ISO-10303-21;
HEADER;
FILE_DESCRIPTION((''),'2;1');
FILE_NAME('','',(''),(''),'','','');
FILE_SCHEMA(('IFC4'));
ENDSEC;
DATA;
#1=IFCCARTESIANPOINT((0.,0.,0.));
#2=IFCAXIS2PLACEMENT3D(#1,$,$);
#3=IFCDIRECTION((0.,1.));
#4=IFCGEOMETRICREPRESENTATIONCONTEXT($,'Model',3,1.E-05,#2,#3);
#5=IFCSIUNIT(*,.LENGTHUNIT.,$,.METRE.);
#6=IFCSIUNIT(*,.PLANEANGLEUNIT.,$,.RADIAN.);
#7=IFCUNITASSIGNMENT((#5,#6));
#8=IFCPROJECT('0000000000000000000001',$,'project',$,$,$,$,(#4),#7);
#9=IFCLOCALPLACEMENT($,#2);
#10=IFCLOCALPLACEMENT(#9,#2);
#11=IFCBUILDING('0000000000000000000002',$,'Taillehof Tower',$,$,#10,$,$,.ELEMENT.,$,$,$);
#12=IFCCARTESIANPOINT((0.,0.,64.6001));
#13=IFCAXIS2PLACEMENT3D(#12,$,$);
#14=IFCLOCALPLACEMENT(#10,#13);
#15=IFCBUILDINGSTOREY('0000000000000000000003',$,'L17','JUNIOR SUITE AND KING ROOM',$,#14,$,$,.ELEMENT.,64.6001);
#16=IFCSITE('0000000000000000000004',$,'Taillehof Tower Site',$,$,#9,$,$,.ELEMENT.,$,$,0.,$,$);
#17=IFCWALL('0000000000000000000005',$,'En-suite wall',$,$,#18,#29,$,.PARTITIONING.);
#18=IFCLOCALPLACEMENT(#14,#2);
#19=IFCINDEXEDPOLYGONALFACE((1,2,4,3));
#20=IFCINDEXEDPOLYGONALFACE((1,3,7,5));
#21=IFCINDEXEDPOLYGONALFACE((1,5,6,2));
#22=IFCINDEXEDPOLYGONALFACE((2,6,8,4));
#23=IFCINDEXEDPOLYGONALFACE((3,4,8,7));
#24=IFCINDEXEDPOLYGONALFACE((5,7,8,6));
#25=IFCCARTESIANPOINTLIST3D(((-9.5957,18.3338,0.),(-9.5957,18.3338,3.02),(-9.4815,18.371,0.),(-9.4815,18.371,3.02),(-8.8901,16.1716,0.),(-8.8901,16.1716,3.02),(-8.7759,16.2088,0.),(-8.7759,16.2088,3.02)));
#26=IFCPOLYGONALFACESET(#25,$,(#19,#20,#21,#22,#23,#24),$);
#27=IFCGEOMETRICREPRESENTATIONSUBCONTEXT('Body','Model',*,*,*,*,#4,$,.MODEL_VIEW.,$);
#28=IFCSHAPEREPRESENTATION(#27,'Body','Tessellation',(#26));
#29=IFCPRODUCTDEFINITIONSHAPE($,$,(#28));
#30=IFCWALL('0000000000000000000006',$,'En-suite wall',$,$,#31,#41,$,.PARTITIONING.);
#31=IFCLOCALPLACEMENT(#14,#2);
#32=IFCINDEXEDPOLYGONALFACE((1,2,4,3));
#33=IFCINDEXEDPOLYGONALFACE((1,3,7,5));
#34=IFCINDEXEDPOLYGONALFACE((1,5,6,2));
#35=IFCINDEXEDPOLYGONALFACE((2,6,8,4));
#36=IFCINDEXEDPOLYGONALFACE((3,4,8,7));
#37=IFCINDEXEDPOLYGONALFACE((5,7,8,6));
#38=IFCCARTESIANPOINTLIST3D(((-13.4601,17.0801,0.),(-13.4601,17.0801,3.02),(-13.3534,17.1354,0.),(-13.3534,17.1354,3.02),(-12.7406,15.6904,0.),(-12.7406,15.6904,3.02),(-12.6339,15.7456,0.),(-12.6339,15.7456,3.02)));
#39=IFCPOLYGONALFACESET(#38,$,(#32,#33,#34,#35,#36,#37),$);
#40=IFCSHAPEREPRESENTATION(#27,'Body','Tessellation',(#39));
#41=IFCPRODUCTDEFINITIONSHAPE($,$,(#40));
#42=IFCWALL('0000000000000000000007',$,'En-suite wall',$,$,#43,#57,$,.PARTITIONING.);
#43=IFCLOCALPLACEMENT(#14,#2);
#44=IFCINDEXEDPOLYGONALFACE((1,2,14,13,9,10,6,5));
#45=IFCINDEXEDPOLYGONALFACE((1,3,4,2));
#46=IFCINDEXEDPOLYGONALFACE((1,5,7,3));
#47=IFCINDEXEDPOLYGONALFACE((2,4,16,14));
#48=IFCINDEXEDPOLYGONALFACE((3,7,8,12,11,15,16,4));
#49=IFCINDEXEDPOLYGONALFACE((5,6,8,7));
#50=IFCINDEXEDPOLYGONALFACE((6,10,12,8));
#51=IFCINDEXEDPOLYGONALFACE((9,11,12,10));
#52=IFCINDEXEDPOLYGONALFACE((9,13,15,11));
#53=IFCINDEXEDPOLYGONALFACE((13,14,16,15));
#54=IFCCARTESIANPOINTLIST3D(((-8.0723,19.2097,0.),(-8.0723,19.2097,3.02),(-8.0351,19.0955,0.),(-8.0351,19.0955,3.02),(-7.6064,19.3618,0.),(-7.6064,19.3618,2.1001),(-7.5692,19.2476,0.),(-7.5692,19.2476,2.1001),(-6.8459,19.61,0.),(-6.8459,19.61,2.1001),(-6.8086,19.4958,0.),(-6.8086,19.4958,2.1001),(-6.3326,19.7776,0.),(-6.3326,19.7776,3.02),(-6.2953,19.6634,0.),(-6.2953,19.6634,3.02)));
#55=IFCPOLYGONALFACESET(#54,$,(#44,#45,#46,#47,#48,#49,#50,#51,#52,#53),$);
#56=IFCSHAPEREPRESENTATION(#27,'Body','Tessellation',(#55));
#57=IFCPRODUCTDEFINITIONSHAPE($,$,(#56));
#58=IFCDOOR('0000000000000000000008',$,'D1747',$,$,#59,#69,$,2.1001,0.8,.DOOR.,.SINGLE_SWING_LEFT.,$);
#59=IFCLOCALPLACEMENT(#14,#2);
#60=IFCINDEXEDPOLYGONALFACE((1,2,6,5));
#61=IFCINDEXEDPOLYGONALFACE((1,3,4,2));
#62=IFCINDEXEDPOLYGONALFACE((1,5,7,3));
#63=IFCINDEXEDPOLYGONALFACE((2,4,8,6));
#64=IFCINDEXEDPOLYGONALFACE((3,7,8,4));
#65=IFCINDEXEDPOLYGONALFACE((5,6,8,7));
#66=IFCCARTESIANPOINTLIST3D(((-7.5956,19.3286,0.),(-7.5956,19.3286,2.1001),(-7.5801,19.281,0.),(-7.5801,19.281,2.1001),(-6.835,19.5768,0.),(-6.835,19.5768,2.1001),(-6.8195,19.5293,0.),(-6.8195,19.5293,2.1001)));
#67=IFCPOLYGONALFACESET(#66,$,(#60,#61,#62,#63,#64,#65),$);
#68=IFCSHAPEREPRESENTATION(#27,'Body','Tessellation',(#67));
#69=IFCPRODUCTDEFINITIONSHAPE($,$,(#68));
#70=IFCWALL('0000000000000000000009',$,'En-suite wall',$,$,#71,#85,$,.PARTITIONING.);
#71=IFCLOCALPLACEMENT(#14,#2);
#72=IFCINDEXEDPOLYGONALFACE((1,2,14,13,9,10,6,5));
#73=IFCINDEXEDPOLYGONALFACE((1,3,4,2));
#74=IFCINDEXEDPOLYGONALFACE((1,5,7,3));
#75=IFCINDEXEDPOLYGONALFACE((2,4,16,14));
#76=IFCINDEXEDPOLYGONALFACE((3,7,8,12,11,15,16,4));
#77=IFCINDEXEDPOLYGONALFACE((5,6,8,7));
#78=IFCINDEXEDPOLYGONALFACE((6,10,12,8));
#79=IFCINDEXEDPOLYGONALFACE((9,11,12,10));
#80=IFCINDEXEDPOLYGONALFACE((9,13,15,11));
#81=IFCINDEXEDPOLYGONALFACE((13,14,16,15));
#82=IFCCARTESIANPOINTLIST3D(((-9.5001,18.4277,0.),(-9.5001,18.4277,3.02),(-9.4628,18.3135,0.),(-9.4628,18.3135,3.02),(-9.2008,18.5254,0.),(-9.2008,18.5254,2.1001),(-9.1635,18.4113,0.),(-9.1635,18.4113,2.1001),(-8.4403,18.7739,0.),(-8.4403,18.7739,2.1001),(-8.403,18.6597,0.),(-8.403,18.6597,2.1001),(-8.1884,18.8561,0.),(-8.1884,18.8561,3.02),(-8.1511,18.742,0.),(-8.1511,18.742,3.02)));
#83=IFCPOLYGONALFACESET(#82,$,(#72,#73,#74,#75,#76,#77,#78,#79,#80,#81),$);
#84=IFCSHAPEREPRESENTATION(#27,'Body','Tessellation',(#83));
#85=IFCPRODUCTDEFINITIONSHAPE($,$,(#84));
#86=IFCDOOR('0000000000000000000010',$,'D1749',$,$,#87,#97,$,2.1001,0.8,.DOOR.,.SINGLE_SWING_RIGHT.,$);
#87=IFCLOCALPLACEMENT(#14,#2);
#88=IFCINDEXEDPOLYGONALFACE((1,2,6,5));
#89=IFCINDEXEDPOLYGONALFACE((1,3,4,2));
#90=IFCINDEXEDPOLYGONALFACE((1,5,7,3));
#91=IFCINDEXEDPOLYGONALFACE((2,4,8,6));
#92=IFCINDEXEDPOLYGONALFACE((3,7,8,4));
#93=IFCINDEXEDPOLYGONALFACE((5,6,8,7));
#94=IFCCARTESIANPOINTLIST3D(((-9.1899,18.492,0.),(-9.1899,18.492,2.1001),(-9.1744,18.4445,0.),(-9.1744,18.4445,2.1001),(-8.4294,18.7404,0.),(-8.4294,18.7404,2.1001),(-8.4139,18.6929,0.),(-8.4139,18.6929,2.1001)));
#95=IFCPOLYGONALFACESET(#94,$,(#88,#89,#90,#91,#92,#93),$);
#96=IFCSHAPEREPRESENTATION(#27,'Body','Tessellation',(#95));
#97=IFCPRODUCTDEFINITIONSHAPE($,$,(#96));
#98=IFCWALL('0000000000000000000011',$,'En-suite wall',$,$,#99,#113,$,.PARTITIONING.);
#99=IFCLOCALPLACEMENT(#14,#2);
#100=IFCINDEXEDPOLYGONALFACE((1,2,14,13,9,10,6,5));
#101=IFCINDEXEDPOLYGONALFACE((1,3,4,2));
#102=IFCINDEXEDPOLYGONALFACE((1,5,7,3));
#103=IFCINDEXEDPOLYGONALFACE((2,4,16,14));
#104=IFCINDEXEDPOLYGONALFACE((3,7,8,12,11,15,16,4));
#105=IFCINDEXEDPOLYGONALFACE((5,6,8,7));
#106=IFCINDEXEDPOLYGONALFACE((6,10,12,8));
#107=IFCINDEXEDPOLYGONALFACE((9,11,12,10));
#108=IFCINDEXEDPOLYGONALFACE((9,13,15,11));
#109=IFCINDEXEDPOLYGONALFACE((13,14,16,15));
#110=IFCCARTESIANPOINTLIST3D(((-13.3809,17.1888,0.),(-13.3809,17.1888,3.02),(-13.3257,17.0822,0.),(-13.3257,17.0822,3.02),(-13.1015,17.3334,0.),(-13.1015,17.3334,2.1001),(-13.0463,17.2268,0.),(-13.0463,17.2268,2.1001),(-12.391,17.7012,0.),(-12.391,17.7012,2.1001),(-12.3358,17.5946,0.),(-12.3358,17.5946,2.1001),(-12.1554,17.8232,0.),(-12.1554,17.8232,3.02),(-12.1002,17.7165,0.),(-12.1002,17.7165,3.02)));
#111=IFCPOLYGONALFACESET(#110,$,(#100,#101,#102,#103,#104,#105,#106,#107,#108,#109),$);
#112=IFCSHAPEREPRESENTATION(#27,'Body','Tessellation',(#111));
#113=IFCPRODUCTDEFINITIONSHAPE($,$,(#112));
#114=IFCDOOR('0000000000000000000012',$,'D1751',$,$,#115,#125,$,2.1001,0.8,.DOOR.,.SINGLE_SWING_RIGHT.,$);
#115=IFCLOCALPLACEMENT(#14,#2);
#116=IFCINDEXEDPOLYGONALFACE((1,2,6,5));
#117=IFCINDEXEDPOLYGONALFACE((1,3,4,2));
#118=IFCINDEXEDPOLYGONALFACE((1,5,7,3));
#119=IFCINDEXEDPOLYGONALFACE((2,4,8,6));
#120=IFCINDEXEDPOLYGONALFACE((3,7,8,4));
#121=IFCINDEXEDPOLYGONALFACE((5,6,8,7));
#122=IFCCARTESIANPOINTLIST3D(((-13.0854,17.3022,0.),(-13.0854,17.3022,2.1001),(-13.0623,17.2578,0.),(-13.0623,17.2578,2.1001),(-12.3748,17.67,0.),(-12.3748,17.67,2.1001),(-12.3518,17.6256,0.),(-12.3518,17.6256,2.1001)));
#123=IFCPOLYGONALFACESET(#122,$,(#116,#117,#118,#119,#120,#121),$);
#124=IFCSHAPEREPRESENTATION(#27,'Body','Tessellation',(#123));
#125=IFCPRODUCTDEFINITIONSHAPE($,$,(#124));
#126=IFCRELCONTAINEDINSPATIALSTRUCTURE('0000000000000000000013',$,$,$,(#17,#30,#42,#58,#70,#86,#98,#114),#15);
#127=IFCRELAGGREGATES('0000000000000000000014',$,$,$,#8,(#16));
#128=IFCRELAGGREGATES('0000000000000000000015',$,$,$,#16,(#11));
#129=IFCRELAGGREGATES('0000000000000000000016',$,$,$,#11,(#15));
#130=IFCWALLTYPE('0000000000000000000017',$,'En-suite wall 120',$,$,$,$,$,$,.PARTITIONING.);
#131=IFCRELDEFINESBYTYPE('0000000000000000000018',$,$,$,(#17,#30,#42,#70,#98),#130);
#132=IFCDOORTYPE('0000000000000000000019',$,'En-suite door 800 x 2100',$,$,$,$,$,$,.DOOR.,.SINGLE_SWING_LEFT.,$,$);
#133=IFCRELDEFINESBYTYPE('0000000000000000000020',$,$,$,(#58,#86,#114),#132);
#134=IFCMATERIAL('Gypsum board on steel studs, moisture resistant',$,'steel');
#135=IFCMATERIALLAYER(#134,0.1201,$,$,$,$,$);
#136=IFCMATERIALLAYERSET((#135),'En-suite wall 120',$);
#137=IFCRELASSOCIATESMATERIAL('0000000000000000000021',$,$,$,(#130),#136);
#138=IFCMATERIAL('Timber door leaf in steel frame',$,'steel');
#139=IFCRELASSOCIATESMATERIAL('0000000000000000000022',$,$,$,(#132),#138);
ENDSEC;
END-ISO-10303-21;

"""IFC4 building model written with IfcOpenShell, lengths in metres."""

from ifc_helpers import new_model, si_unit, direction, frame, frame_2d, origin, place, context, subcontext, project, spatial, rectangle, extrude, material, layer, layer_set, type_object, element, fill, save


model = new_model("IFC4")

# Units and contexts
model_context = context("Model", 3, precision=1e-05, world=origin(), true_north=direction((0.0, 1.0)))
body_context = subcontext(model_context, "Body", "Model", "MODEL_VIEW")
ifc_project = project(units=[si_unit("LENGTHUNIT", "METRE"), si_unit("PLANEANGLEUNIT", "RADIAN")], contexts=[model_context])

# Site, building, storey
site_placement = place(None, origin())
site = spatial("IfcSite", under=ifc_project, at=site_placement, Name="Taillehof Tower Site", CompositionType="ELEMENT", RefElevation=0.0)
building_placement = place(site_placement, origin())
building = spatial("IfcBuilding", under=site, at=building_placement, Name="Taillehof Tower", CompositionType="ELEMENT")
storey_placement = place(building_placement, frame((0.0, 0.0, 64.6001)))
storey = spatial("IfcBuildingStorey", under=building, at=storey_placement, Name="L17", Description="JUNIOR SUITE AND KING ROOM", CompositionType="ELEMENT", Elevation=64.6001)

# Walls
ifc_material_1 = material(Name="Gypsum board on steel studs, moisture resistant", Category="steel")
ifc_layer_1 = layer(ifc_material_1, 0.1201)
ifc_layer_set_1 = layer_set([ifc_layer_1], Name="En-suite wall 120")
wall_type_1 = type_object("IfcWallType", Name="En-suite wall 120", PredefinedType="PARTITIONING", material=ifc_layer_set_1)
wall_1_placement = place(storey_placement, frame((-8.833, 16.1902, 0.0), z_axis=(0.0, 0.0, 1.0), x_axis=(-0.310232, 0.950661, 0.0)))
element("IfcWall", 1, at=wall_1_placement, inside=storey, type_object=wall_type_1, Name="En-suite wall", PredefinedType="PARTITIONING", context=body_context, shape_type="SweptSolid", body=[
    extrude(rectangle(XDim=2.2744, YDim=0.1201, at=frame_2d((1.1372, 0.0))), origin(), (0.0, 0.0, 1.0), 3.02),
])
wall_2_placement = place(storey_placement, frame((-12.6873, 15.718, 0.0), z_axis=(0.0, 0.0, 1.0), x_axis=(-0.459775, 0.888035, 0.0)))
element("IfcWall", 2, at=wall_2_placement, inside=storey, type_object=wall_type_1, Name="En-suite wall", PredefinedType="PARTITIONING", context=body_context, shape_type="SweptSolid", body=[
    extrude(rectangle(XDim=1.5649, YDim=0.1201, at=frame_2d((0.7825, 0.0))), origin(), (0.0, 0.0, 1.0), 3.02),
])

# Walls, openings, doors
wall_3_placement = place(storey_placement, frame((-6.314, 19.7205, 0.0), z_axis=(0.0, 0.0, 1.0), x_axis=(-0.950639, -0.310298, 0.0)))
wall_3 = element("IfcWall", 3, at=wall_3_placement, inside=storey, type_object=wall_type_1, Name="En-suite wall", PredefinedType="PARTITIONING", context=body_context, shape_type="SweptSolid", body=[
    extrude(rectangle(XDim=1.8301, YDim=0.1201, at=frame_2d((0.915, 0.0))), origin(), (0.0, 0.0, 1.0), 3.02),
])
opening_1_placement = place(wall_3_placement, frame((0.54, 0.0, 0.0)))
opening_1 = element("IfcOpeningElement", 4, at=opening_1_placement, cuts=wall_3, PredefinedType="OPENING", context=body_context, shape_type="SweptSolid", body=[
    extrude(rectangle(XDim=0.8, YDim=2.1001, at=frame_2d((0.3999, 1.05))), frame((0.0, 0.0701, 0.0), z_axis=(0.0, -1.0, 0.0), x_axis=(1.0, 0.0, 0.0)), (0.0, 0.0, 1.0), 0.1401),
])
ifc_material_2 = material(Name="Timber door leaf in steel frame", Category="steel")
door_type_1 = type_object("IfcDoorType", Name="En-suite door 800 x 2100", OperationType="SINGLE_SWING_LEFT", PredefinedType="DOOR", material=ifc_material_2)
door_1_placement = place(opening_1_placement, origin())
door_1 = element("IfcDoor", 5, at=door_1_placement, inside=storey, type_object=door_type_1, Name="D1747", OperationType="SINGLE_SWING_LEFT", OverallHeight=2.1001, OverallWidth=0.8, PredefinedType="DOOR", context=body_context, shape_type="SweptSolid", body=[
    extrude(rectangle(XDim=0.8, YDim=2.1001, at=frame_2d((0.3999, 1.05))), frame((0.0, 0.0249, 0.0), z_axis=(0.0, -1.0, 0.0), x_axis=(1.0, 0.0, 0.0)), (0.0, 0.0, 1.0), 0.05),
])
fill(opening_1, door_1)
wall_4_placement = place(storey_placement, frame((-9.4814, 18.3706, 0.0), z_axis=(0.0, 0.0, 1.0), x_axis=(0.950577, 0.31049, 0.0)))
wall_4 = element("IfcWall", 6, at=wall_4_placement, inside=storey, type_object=wall_type_1, Name="En-suite wall", PredefinedType="PARTITIONING", context=body_context, shape_type="SweptSolid", body=[
    extrude(rectangle(XDim=1.3799, YDim=0.1201, at=frame_2d((0.6899, 0.0))), origin(), (0.0, 0.0, 1.0), 3.02),
])
opening_2_placement = place(wall_4_placement, frame((0.3149, 0.0, 0.0)))
opening_2 = element("IfcOpeningElement", 7, at=opening_2_placement, cuts=wall_4, PredefinedType="OPENING", context=body_context, shape_type="SweptSolid", body=[
    extrude(rectangle(XDim=0.8, YDim=2.1001, at=frame_2d((0.3999, 1.05))), frame((0.0, 0.0701, 0.0), z_axis=(0.0, -1.0, 0.0), x_axis=(1.0, 0.0, 0.0)), (0.0, 0.0, 1.0), 0.1401),
])
door_2_placement = place(opening_2_placement, origin())
door_2 = element("IfcDoor", 8, at=door_2_placement, inside=storey, type_object=door_type_1, Name="D1749", OperationType="SINGLE_SWING_RIGHT", OverallHeight=2.1001, OverallWidth=0.8, PredefinedType="DOOR", context=body_context, shape_type="SweptSolid", body=[
    extrude(rectangle(XDim=0.8, YDim=2.1001, at=frame_2d((0.3999, 1.05))), frame((0.0, 0.0249, 0.0), z_axis=(0.0, -1.0, 0.0), x_axis=(1.0, 0.0, 0.0)), (0.0, 0.0, 1.0), 0.05),
])
fill(opening_2, door_2)
wall_5_placement = place(storey_placement, frame((-13.3533, 17.1355, 0.0), z_axis=(0.0, 0.0, 1.0), x_axis=(0.888076, 0.459697, 0.0)))
wall_5 = element("IfcWall", 9, at=wall_5_placement, inside=storey, type_object=wall_type_1, Name="En-suite wall", PredefinedType="PARTITIONING", context=body_context, shape_type="SweptSolid", body=[
    extrude(rectangle(XDim=1.3799, YDim=0.1201, at=frame_2d((0.6899, 0.0))), origin(), (0.0, 0.0, 1.0), 3.02),
])
opening_3_placement = place(wall_5_placement, frame((0.3147, 0.0, 0.0)))
opening_3 = element("IfcOpeningElement", 10, at=opening_3_placement, cuts=wall_5, PredefinedType="OPENING", context=body_context, shape_type="SweptSolid", body=[
    extrude(rectangle(XDim=0.8, YDim=2.1001, at=frame_2d((0.3999, 1.05))), frame((0.0, 0.0701, 0.0), z_axis=(0.0, -1.0, 0.0), x_axis=(1.0, 0.0, 0.0)), (0.0, 0.0, 1.0), 0.1401),
])
door_3_placement = place(opening_3_placement, origin())
door_3 = element("IfcDoor", 11, at=door_3_placement, inside=storey, type_object=door_type_1, Name="D1751", OperationType="SINGLE_SWING_RIGHT", OverallHeight=2.1001, OverallWidth=0.8, PredefinedType="DOOR", context=body_context, shape_type="SweptSolid", body=[
    extrude(rectangle(XDim=0.8, YDim=2.1001, at=frame_2d((0.3999, 1.05))), frame((0.0, 0.0249, 0.0), z_axis=(0.0, -1.0, 0.0), x_axis=(1.0, 0.0, 0.0)), (0.0, 0.0, 1.0), 0.05),
])
fill(opening_3, door_3)

save(model, "model.ifc")
